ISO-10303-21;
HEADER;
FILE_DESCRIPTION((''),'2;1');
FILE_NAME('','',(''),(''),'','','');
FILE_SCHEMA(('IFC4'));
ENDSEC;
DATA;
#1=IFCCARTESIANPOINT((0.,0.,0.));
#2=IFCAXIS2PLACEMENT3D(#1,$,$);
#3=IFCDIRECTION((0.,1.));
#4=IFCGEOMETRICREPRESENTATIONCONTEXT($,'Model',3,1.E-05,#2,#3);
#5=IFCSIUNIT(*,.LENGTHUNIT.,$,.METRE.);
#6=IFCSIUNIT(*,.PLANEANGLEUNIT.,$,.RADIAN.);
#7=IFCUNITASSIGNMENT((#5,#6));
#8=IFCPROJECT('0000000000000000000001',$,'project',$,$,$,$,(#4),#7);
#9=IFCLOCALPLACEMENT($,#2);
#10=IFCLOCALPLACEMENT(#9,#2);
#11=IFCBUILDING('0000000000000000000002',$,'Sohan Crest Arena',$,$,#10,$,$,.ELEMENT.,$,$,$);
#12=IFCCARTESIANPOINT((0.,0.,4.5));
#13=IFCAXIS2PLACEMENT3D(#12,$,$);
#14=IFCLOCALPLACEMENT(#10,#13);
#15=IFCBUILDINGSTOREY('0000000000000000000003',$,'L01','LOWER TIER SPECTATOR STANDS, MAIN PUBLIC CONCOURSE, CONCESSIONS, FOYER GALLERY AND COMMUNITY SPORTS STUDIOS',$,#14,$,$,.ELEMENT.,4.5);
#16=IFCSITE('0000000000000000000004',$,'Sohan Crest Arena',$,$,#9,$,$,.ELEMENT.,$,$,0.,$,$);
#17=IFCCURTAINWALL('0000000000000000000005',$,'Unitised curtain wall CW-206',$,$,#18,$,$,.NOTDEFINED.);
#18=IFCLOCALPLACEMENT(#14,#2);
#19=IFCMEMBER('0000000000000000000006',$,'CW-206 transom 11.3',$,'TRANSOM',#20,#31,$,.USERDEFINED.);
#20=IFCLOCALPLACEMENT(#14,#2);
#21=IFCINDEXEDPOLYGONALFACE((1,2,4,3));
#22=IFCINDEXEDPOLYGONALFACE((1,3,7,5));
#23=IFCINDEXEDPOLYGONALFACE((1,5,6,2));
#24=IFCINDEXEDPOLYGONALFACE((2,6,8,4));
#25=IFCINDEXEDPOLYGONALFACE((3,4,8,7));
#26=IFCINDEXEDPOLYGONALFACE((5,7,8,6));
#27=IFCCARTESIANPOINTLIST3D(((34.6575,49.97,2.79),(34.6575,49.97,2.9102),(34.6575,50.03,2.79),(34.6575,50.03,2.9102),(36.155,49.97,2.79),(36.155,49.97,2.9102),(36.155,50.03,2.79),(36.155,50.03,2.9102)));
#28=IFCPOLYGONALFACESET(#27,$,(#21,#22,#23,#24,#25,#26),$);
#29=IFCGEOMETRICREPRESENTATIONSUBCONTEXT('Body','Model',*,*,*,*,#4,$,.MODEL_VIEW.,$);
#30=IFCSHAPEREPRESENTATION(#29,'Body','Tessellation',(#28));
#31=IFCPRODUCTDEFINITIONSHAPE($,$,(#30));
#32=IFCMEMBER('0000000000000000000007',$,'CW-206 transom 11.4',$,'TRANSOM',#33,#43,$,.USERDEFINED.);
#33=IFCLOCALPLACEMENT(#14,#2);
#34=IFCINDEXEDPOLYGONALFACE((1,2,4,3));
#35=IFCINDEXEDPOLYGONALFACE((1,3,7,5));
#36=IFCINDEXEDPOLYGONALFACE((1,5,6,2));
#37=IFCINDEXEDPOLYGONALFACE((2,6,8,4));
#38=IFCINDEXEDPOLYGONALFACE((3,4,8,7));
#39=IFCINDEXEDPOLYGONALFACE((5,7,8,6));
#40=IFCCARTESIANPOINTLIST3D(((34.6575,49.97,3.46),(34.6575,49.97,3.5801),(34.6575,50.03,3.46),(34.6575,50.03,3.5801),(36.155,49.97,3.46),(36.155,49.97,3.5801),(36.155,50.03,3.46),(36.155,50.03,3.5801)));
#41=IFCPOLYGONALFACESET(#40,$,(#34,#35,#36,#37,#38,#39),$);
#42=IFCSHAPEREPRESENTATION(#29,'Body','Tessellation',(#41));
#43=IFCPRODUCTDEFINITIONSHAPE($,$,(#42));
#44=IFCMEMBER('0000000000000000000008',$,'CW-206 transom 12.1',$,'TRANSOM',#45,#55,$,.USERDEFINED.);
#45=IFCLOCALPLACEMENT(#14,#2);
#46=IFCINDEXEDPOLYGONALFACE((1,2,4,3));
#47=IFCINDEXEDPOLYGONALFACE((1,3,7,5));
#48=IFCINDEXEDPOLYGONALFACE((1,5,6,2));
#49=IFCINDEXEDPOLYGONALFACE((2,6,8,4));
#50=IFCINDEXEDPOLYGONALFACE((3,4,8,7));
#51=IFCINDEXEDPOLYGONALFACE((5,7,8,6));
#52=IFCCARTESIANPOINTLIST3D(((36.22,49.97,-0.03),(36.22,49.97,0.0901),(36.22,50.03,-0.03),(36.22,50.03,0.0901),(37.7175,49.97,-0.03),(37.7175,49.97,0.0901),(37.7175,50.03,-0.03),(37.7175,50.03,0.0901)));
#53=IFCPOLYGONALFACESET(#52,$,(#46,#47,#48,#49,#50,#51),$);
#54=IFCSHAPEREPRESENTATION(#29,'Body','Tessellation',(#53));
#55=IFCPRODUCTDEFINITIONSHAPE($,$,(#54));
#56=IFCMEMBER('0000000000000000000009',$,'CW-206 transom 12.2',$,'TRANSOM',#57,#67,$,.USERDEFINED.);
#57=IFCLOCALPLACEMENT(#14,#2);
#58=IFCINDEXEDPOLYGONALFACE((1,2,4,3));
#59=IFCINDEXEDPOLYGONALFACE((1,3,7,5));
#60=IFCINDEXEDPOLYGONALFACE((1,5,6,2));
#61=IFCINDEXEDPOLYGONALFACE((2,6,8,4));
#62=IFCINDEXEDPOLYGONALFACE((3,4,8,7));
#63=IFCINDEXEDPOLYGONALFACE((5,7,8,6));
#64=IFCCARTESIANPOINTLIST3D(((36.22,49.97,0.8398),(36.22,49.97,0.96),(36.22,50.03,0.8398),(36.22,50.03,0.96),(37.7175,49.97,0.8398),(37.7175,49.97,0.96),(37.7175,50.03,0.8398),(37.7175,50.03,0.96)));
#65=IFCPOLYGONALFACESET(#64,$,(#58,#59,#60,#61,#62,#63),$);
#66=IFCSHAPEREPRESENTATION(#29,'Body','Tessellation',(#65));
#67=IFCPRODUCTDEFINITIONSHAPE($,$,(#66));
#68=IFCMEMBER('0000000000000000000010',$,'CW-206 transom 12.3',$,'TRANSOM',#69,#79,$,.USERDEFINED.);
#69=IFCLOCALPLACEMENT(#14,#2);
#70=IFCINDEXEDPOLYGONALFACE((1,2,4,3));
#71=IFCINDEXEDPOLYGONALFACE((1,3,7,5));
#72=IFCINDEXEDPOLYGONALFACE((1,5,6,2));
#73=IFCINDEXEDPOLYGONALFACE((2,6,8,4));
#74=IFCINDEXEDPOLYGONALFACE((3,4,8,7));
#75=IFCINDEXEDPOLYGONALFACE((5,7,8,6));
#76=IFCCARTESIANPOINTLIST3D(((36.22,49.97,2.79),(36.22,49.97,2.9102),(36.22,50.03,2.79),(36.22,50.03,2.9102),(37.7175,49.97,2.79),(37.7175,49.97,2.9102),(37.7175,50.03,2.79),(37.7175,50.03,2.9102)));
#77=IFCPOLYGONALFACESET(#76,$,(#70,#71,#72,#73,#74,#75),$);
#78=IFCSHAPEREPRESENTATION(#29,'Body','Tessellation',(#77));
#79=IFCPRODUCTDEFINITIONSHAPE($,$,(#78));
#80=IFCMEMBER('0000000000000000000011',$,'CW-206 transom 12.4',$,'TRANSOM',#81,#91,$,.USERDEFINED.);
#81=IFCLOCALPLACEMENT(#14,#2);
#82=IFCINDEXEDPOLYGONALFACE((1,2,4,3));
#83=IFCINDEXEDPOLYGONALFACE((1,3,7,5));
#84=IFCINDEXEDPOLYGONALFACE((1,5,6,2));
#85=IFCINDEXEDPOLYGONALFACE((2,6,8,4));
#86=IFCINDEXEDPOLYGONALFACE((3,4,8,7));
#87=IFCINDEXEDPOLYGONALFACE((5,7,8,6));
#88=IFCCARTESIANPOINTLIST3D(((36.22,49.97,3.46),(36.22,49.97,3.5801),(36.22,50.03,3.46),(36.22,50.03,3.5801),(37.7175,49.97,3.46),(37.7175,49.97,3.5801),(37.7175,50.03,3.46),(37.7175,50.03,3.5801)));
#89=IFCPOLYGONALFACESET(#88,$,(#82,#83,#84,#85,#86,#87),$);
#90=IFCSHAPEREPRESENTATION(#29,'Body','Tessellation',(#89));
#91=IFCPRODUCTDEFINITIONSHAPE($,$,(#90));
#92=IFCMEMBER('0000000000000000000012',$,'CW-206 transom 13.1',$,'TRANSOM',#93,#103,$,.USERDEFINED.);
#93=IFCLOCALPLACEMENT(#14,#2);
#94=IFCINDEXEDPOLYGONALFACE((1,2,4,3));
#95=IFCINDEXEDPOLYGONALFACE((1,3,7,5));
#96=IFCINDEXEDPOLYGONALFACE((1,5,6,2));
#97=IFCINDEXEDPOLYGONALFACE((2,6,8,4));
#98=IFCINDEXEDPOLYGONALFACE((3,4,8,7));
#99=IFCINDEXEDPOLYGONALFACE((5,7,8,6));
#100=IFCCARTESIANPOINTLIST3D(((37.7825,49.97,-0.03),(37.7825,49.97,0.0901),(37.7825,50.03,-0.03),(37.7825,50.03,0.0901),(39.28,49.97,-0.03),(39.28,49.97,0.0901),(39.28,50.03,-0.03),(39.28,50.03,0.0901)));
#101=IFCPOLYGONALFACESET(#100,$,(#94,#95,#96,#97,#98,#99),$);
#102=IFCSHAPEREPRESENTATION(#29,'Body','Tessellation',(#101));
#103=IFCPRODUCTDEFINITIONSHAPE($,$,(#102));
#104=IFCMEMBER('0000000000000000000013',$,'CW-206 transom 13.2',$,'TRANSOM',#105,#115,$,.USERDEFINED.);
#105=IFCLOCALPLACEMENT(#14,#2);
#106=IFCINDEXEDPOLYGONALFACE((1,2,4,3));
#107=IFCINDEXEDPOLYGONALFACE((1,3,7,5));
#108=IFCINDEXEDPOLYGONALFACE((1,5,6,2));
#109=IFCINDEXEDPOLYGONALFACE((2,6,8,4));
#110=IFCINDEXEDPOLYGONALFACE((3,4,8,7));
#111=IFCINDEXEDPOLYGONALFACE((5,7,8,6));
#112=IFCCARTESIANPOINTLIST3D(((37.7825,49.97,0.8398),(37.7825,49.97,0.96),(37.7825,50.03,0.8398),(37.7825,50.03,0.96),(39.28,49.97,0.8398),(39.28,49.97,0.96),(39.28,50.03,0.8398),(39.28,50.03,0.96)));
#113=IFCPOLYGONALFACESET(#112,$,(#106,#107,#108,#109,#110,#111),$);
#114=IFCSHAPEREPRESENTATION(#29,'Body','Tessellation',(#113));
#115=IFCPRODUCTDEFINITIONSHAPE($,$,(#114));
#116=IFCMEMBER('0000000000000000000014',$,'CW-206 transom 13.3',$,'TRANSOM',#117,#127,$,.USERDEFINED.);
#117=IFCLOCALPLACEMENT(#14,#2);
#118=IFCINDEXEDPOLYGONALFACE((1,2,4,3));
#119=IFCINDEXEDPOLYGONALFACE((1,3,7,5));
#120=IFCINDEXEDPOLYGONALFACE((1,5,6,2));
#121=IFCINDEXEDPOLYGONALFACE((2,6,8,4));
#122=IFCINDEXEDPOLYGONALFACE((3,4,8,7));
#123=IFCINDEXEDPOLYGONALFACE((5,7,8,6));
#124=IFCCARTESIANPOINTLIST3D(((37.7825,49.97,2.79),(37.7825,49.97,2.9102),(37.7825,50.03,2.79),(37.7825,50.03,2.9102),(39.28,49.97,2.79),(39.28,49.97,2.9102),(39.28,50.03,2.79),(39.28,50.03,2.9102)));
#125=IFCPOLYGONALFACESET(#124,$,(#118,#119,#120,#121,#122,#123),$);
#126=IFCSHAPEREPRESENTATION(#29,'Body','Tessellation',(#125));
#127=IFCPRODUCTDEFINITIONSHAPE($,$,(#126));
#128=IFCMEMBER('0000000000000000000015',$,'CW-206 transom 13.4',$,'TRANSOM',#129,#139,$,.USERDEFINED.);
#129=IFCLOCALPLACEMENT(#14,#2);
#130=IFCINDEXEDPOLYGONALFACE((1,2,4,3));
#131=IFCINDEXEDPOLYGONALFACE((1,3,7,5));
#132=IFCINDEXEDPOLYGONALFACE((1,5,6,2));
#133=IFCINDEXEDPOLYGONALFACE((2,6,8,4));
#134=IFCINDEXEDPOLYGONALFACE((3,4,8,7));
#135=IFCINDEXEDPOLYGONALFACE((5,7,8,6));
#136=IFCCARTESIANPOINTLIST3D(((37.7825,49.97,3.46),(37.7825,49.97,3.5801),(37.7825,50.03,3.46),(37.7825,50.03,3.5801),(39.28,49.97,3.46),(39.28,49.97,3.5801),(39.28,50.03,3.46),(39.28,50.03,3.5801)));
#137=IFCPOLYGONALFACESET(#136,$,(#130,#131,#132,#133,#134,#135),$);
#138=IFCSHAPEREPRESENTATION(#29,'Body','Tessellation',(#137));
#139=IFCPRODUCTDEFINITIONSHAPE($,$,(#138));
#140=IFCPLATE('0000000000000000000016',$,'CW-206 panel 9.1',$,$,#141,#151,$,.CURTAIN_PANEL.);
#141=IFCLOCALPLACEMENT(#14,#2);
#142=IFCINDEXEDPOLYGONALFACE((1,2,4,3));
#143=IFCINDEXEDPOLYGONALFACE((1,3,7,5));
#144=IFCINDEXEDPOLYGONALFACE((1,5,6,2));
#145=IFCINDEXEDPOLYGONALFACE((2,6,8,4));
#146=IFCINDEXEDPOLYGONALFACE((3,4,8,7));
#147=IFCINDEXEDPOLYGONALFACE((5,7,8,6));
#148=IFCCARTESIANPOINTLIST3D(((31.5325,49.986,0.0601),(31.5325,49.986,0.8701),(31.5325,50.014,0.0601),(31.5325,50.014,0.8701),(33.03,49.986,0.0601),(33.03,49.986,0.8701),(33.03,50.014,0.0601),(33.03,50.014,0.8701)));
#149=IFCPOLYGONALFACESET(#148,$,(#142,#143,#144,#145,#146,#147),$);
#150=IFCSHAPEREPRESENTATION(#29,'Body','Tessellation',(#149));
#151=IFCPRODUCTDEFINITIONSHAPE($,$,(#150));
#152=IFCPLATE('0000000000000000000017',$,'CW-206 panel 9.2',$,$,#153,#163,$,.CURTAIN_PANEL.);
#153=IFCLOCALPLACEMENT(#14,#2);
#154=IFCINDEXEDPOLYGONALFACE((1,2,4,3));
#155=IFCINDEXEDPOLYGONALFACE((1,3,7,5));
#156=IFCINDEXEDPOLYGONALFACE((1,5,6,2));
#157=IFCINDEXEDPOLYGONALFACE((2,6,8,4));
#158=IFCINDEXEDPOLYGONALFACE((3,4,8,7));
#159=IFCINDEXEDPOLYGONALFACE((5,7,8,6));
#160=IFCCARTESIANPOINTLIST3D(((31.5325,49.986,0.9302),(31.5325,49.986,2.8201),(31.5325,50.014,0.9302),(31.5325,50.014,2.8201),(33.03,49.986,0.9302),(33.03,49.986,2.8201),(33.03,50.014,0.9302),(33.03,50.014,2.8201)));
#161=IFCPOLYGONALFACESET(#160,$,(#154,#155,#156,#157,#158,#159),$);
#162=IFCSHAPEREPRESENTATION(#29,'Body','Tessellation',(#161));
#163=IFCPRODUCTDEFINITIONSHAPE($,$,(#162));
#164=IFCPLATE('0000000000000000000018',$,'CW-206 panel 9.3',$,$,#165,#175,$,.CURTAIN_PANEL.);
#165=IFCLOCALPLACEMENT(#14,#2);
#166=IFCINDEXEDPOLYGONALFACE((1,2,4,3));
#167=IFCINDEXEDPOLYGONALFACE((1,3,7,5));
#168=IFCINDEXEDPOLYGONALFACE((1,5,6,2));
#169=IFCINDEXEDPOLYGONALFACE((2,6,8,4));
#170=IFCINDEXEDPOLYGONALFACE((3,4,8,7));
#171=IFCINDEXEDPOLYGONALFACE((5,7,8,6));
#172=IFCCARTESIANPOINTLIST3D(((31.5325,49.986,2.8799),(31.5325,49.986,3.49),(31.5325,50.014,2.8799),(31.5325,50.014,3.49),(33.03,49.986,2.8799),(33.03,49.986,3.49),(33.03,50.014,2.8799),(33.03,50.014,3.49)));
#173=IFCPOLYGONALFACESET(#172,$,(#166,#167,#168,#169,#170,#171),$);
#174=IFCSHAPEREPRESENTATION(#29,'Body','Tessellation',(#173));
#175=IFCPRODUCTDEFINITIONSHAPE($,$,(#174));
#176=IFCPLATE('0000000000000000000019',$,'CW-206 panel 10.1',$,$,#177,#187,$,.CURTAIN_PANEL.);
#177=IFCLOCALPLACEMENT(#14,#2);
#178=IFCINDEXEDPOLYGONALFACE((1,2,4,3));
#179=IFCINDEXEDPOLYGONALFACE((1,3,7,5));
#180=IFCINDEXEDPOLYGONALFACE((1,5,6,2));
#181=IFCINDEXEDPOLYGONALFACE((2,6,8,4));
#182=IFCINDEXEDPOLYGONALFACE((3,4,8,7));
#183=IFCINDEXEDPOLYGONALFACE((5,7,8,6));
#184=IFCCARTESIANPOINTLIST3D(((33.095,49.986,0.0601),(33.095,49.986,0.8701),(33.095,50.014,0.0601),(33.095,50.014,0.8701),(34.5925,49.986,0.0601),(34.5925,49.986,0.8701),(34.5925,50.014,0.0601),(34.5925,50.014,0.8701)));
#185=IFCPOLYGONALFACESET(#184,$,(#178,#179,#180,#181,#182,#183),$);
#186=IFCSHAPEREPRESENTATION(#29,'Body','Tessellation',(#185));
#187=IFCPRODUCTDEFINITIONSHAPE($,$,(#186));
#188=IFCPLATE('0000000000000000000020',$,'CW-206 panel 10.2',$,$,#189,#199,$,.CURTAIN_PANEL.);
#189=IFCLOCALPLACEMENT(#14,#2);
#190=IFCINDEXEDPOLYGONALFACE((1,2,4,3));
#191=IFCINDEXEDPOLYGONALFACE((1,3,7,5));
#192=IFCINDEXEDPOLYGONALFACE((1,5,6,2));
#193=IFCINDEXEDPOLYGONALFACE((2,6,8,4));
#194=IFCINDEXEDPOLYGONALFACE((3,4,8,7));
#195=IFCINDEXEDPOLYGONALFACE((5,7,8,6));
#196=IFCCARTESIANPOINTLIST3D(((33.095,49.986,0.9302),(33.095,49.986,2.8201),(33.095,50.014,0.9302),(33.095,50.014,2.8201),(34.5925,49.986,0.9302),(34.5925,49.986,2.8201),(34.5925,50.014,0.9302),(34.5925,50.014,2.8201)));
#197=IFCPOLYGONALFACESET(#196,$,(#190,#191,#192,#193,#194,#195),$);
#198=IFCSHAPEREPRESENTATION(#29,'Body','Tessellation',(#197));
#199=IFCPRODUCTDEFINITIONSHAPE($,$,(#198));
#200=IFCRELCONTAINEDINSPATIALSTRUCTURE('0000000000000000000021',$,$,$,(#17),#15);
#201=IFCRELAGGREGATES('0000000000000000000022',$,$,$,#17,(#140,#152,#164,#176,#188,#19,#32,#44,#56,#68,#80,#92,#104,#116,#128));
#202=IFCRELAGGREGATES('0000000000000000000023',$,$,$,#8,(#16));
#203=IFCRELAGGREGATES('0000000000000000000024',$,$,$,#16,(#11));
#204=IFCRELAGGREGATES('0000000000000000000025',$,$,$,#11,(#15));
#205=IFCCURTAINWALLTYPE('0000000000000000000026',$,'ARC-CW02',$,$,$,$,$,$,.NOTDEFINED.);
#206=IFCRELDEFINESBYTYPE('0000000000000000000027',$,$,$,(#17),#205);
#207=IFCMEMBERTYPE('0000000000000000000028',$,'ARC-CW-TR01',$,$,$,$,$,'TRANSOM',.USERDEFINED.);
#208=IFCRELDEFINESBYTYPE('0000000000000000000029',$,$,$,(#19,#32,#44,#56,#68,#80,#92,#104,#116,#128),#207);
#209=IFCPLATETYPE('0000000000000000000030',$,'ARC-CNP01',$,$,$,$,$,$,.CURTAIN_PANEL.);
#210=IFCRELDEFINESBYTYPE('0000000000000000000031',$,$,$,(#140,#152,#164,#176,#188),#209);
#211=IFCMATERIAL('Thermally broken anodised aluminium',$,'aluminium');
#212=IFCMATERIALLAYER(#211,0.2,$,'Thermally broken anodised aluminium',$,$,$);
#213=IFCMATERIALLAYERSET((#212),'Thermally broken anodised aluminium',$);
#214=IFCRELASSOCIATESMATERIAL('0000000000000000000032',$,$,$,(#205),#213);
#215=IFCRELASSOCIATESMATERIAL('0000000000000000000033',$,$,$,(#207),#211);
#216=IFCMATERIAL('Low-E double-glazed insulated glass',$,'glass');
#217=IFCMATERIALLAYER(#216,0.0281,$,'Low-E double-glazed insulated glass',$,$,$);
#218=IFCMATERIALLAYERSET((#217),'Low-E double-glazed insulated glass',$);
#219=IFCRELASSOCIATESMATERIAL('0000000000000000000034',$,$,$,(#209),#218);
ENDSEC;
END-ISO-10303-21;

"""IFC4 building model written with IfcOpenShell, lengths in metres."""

from ifc_helpers import new_model, si_unit, direction, frame, origin, origin_2d, place, context, subcontext, project, spatial, rectangle, extrude, material, layer, layer_set, material_profile, profile_set, type_object, element, aggregate, save


model = new_model("IFC4")

# Units and contexts
model_context = context("Model", 3, precision=1e-05, world=origin(), true_north=direction((0.0, 1.0)))
body_context = subcontext(model_context, "Body", "Model", "MODEL_VIEW")
ifc_project = project(units=[si_unit("LENGTHUNIT", "METRE"), si_unit("PLANEANGLEUNIT", "RADIAN")], contexts=[model_context])

# Site, building, storey
site_placement = place(None, origin())
site = spatial("IfcSite", under=ifc_project, at=site_placement, Name="Sohan Crest Arena", CompositionType="ELEMENT", RefElevation=0.0)
building_placement = place(site_placement, origin())
building = spatial("IfcBuilding", under=site, at=building_placement, Name="Sohan Crest Arena", CompositionType="ELEMENT")
storey_placement = place(building_placement, frame((0.0, 0.0, 4.5)))
storey = spatial("IfcBuildingStorey", under=building, at=storey_placement, Name="L01", Description="LOWER TIER SPECTATOR STANDS, MAIN PUBLIC CONCOURSE, CONCESSIONS, FOYER GALLERY AND COMMUNITY SPORTS STUDIOS", CompositionType="ELEMENT", Elevation=4.5)

# Curtain wall, members, plates
ifc_material_1 = material(Name="Thermally broken anodised aluminium", Category="aluminium")
ifc_layer_1 = layer(ifc_material_1, 0.2, Name="Thermally broken anodised aluminium")
ifc_layer_set_1 = layer_set([ifc_layer_1], Name="Thermally broken anodised aluminium")
curtain_wall_type = type_object("IfcCurtainWallType", Name="ARC-CW02", PredefinedType="NOTDEFINED", material=ifc_layer_set_1)
curtain_wall_placement = place(storey_placement, origin())
curtain_wall = element("IfcCurtainWall", 1, at=curtain_wall_placement, inside=storey, type_object=curtain_wall_type, Name="Unitised curtain wall CW-206", PredefinedType="NOTDEFINED")
ifc_material_profile_1 = material_profile(ifc_material_1, rectangle(XDim=0.0601, YDim=0.1201, at=origin_2d()), Name="ALU-TRAN 60x120")
ifc_profile_set_1 = profile_set([ifc_material_profile_1], Name="Thermally broken anodised aluminium")
member_type_1 = type_object("IfcMemberType", Name="ARC-CW-TR01", ElementType="TRANSOM", PredefinedType="USERDEFINED", material=ifc_profile_set_1)
member_1_placement = place(storey_placement, frame((34.6575, 50.0, 2.8501), z_axis=(1.0, 0.0, 0.0), x_axis=(0.0, 1.0, 0.0)))
member_1 = element("IfcMember", 2, at=member_1_placement, type_object=member_type_1, Name="CW-206 transom 11.3", ObjectType="TRANSOM", PredefinedType="USERDEFINED", context=body_context, shape_type="SweptSolid", body=[
    extrude(rectangle(XDim=0.0601, YDim=0.1201, at=origin_2d()), origin(), (0.0, 0.0, 1.0), 1.4976),
])
member_2_placement = place(storey_placement, frame((34.6575, 50.0, 3.52), z_axis=(1.0, 0.0, 0.0), x_axis=(0.0, 1.0, 0.0)))
member_2 = element("IfcMember", 3, at=member_2_placement, type_object=member_type_1, Name="CW-206 transom 11.4", ObjectType="TRANSOM", PredefinedType="USERDEFINED", context=body_context, shape_type="SweptSolid", body=[
    extrude(rectangle(XDim=0.0601, YDim=0.1201, at=origin_2d()), origin(), (0.0, 0.0, 1.0), 1.4976),
])
member_3_placement = place(storey_placement, frame((36.22, 50.0, 0.03), z_axis=(1.0, 0.0, 0.0), x_axis=(0.0, 1.0, 0.0)))
member_3 = element("IfcMember", 4, at=member_3_placement, type_object=member_type_1, Name="CW-206 transom 12.1", ObjectType="TRANSOM", PredefinedType="USERDEFINED", context=body_context, shape_type="SweptSolid", body=[
    extrude(rectangle(XDim=0.0601, YDim=0.1201, at=origin_2d()), origin(), (0.0, 0.0, 1.0), 1.4976),
])
member_4_placement = place(storey_placement, frame((36.22, 50.0, 0.8999), z_axis=(1.0, 0.0, 0.0), x_axis=(0.0, 1.0, 0.0)))
member_4 = element("IfcMember", 5, at=member_4_placement, type_object=member_type_1, Name="CW-206 transom 12.2", ObjectType="TRANSOM", PredefinedType="USERDEFINED", context=body_context, shape_type="SweptSolid", body=[
    extrude(rectangle(XDim=0.0601, YDim=0.1201, at=origin_2d()), origin(), (0.0, 0.0, 1.0), 1.4976),
])
member_5_placement = place(storey_placement, frame((36.22, 50.0, 2.8501), z_axis=(1.0, 0.0, 0.0), x_axis=(0.0, 1.0, 0.0)))
member_5 = element("IfcMember", 6, at=member_5_placement, type_object=member_type_1, Name="CW-206 transom 12.3", ObjectType="TRANSOM", PredefinedType="USERDEFINED", context=body_context, shape_type="SweptSolid", body=[
    extrude(rectangle(XDim=0.0601, YDim=0.1201, at=origin_2d()), origin(), (0.0, 0.0, 1.0), 1.4976),
])
member_6_placement = place(storey_placement, frame((36.22, 50.0, 3.52), z_axis=(1.0, 0.0, 0.0), x_axis=(0.0, 1.0, 0.0)))
member_6 = element("IfcMember", 7, at=member_6_placement, type_object=member_type_1, Name="CW-206 transom 12.4", ObjectType="TRANSOM", PredefinedType="USERDEFINED", context=body_context, shape_type="SweptSolid", body=[
    extrude(rectangle(XDim=0.0601, YDim=0.1201, at=origin_2d()), origin(), (0.0, 0.0, 1.0), 1.4976),
])
member_7_placement = place(storey_placement, frame((37.7825, 50.0, 0.03), z_axis=(1.0, 0.0, 0.0), x_axis=(0.0, 1.0, 0.0)))
member_7 = element("IfcMember", 8, at=member_7_placement, type_object=member_type_1, Name="CW-206 transom 13.1", ObjectType="TRANSOM", PredefinedType="USERDEFINED", context=body_context, shape_type="SweptSolid", body=[
    extrude(rectangle(XDim=0.0601, YDim=0.1201, at=origin_2d()), origin(), (0.0, 0.0, 1.0), 1.4976),
])
member_8_placement = place(storey_placement, frame((37.7825, 50.0, 0.8999), z_axis=(1.0, 0.0, 0.0), x_axis=(0.0, 1.0, 0.0)))
member_8 = element("IfcMember", 9, at=member_8_placement, type_object=member_type_1, Name="CW-206 transom 13.2", ObjectType="TRANSOM", PredefinedType="USERDEFINED", context=body_context, shape_type="SweptSolid", body=[
    extrude(rectangle(XDim=0.0601, YDim=0.1201, at=origin_2d()), origin(), (0.0, 0.0, 1.0), 1.4976),
])
member_9_placement = place(storey_placement, frame((37.7825, 50.0, 2.8501), z_axis=(1.0, 0.0, 0.0), x_axis=(0.0, 1.0, 0.0)))
member_9 = element("IfcMember", 10, at=member_9_placement, type_object=member_type_1, Name="CW-206 transom 13.3", ObjectType="TRANSOM", PredefinedType="USERDEFINED", context=body_context, shape_type="SweptSolid", body=[
    extrude(rectangle(XDim=0.0601, YDim=0.1201, at=origin_2d()), origin(), (0.0, 0.0, 1.0), 1.4976),
])
member_10_placement = place(storey_placement, frame((37.7825, 50.0, 3.52), z_axis=(1.0, 0.0, 0.0), x_axis=(0.0, 1.0, 0.0)))
member_10 = element("IfcMember", 11, at=member_10_placement, type_object=member_type_1, Name="CW-206 transom 13.4", ObjectType="TRANSOM", PredefinedType="USERDEFINED", context=body_context, shape_type="SweptSolid", body=[
    extrude(rectangle(XDim=0.0601, YDim=0.1201, at=origin_2d()), origin(), (0.0, 0.0, 1.0), 1.4976),
])
ifc_material_2 = material(Name="Low-E double-glazed insulated glass", Category="glass")
ifc_layer_2 = layer(ifc_material_2, 0.0281, Name="Low-E double-glazed insulated glass")
ifc_layer_set_2 = layer_set([ifc_layer_2], Name="Low-E double-glazed insulated glass")
plate_type = type_object("IfcPlateType", Name="ARC-CNP01", PredefinedType="CURTAIN_PANEL", material=ifc_layer_set_2)
plate_1_placement = place(storey_placement, frame((32.2812, 50.0, 0.0601), z_axis=(0.0, 0.0, 1.0), x_axis=(1.0, 0.0, 0.0)))
plate_1 = element("IfcPlate", 12, at=plate_1_placement, type_object=plate_type, Name="CW-206 panel 9.1", PredefinedType="CURTAIN_PANEL", context=body_context, shape_type="SweptSolid", body=[
    extrude(rectangle(XDim=1.4976, YDim=0.0281, at=origin_2d()), origin(), (0.0, 0.0, 1.0), 0.8101),
])
plate_2_placement = place(storey_placement, frame((32.2812, 50.0, 0.9302), z_axis=(0.0, 0.0, 1.0), x_axis=(1.0, 0.0, 0.0)))
plate_2 = element("IfcPlate", 13, at=plate_2_placement, type_object=plate_type, Name="CW-206 panel 9.2", PredefinedType="CURTAIN_PANEL", context=body_context, shape_type="SweptSolid", body=[
    extrude(rectangle(XDim=1.4976, YDim=0.0281, at=origin_2d()), origin(), (0.0, 0.0, 1.0), 1.8899),
])
plate_3_placement = place(storey_placement, frame((32.2812, 50.0, 2.8799), z_axis=(0.0, 0.0, 1.0), x_axis=(1.0, 0.0, 0.0)))
plate_3 = element("IfcPlate", 14, at=plate_3_placement, type_object=plate_type, Name="CW-206 panel 9.3", PredefinedType="CURTAIN_PANEL", context=body_context, shape_type="SweptSolid", body=[
    extrude(rectangle(XDim=1.4976, YDim=0.0281, at=origin_2d()), origin(), (0.0, 0.0, 1.0), 0.6101),
])
plate_4_placement = place(storey_placement, frame((33.8438, 50.0, 0.0601), z_axis=(0.0, 0.0, 1.0), x_axis=(1.0, 0.0, 0.0)))
plate_4 = element("IfcPlate", 15, at=plate_4_placement, type_object=plate_type, Name="CW-206 panel 10.1", PredefinedType="CURTAIN_PANEL", context=body_context, shape_type="SweptSolid", body=[
    extrude(rectangle(XDim=1.4976, YDim=0.0281, at=origin_2d()), origin(), (0.0, 0.0, 1.0), 0.8101),
])
plate_5_placement = place(storey_placement, frame((33.8438, 50.0, 0.9302), z_axis=(0.0, 0.0, 1.0), x_axis=(1.0, 0.0, 0.0)))
plate_5 = element("IfcPlate", 16, at=plate_5_placement, type_object=plate_type, Name="CW-206 panel 10.2", PredefinedType="CURTAIN_PANEL", context=body_context, shape_type="SweptSolid", body=[
    extrude(rectangle(XDim=1.4976, YDim=0.0281, at=origin_2d()), origin(), (0.0, 0.0, 1.0), 1.8899),
])
aggregate(curtain_wall, [plate_1, plate_2, plate_3, plate_4, plate_5, member_1, member_2, member_3, member_4, member_5, member_6, member_7, member_8, member_9, member_10])

save(model, "model.ifc")
